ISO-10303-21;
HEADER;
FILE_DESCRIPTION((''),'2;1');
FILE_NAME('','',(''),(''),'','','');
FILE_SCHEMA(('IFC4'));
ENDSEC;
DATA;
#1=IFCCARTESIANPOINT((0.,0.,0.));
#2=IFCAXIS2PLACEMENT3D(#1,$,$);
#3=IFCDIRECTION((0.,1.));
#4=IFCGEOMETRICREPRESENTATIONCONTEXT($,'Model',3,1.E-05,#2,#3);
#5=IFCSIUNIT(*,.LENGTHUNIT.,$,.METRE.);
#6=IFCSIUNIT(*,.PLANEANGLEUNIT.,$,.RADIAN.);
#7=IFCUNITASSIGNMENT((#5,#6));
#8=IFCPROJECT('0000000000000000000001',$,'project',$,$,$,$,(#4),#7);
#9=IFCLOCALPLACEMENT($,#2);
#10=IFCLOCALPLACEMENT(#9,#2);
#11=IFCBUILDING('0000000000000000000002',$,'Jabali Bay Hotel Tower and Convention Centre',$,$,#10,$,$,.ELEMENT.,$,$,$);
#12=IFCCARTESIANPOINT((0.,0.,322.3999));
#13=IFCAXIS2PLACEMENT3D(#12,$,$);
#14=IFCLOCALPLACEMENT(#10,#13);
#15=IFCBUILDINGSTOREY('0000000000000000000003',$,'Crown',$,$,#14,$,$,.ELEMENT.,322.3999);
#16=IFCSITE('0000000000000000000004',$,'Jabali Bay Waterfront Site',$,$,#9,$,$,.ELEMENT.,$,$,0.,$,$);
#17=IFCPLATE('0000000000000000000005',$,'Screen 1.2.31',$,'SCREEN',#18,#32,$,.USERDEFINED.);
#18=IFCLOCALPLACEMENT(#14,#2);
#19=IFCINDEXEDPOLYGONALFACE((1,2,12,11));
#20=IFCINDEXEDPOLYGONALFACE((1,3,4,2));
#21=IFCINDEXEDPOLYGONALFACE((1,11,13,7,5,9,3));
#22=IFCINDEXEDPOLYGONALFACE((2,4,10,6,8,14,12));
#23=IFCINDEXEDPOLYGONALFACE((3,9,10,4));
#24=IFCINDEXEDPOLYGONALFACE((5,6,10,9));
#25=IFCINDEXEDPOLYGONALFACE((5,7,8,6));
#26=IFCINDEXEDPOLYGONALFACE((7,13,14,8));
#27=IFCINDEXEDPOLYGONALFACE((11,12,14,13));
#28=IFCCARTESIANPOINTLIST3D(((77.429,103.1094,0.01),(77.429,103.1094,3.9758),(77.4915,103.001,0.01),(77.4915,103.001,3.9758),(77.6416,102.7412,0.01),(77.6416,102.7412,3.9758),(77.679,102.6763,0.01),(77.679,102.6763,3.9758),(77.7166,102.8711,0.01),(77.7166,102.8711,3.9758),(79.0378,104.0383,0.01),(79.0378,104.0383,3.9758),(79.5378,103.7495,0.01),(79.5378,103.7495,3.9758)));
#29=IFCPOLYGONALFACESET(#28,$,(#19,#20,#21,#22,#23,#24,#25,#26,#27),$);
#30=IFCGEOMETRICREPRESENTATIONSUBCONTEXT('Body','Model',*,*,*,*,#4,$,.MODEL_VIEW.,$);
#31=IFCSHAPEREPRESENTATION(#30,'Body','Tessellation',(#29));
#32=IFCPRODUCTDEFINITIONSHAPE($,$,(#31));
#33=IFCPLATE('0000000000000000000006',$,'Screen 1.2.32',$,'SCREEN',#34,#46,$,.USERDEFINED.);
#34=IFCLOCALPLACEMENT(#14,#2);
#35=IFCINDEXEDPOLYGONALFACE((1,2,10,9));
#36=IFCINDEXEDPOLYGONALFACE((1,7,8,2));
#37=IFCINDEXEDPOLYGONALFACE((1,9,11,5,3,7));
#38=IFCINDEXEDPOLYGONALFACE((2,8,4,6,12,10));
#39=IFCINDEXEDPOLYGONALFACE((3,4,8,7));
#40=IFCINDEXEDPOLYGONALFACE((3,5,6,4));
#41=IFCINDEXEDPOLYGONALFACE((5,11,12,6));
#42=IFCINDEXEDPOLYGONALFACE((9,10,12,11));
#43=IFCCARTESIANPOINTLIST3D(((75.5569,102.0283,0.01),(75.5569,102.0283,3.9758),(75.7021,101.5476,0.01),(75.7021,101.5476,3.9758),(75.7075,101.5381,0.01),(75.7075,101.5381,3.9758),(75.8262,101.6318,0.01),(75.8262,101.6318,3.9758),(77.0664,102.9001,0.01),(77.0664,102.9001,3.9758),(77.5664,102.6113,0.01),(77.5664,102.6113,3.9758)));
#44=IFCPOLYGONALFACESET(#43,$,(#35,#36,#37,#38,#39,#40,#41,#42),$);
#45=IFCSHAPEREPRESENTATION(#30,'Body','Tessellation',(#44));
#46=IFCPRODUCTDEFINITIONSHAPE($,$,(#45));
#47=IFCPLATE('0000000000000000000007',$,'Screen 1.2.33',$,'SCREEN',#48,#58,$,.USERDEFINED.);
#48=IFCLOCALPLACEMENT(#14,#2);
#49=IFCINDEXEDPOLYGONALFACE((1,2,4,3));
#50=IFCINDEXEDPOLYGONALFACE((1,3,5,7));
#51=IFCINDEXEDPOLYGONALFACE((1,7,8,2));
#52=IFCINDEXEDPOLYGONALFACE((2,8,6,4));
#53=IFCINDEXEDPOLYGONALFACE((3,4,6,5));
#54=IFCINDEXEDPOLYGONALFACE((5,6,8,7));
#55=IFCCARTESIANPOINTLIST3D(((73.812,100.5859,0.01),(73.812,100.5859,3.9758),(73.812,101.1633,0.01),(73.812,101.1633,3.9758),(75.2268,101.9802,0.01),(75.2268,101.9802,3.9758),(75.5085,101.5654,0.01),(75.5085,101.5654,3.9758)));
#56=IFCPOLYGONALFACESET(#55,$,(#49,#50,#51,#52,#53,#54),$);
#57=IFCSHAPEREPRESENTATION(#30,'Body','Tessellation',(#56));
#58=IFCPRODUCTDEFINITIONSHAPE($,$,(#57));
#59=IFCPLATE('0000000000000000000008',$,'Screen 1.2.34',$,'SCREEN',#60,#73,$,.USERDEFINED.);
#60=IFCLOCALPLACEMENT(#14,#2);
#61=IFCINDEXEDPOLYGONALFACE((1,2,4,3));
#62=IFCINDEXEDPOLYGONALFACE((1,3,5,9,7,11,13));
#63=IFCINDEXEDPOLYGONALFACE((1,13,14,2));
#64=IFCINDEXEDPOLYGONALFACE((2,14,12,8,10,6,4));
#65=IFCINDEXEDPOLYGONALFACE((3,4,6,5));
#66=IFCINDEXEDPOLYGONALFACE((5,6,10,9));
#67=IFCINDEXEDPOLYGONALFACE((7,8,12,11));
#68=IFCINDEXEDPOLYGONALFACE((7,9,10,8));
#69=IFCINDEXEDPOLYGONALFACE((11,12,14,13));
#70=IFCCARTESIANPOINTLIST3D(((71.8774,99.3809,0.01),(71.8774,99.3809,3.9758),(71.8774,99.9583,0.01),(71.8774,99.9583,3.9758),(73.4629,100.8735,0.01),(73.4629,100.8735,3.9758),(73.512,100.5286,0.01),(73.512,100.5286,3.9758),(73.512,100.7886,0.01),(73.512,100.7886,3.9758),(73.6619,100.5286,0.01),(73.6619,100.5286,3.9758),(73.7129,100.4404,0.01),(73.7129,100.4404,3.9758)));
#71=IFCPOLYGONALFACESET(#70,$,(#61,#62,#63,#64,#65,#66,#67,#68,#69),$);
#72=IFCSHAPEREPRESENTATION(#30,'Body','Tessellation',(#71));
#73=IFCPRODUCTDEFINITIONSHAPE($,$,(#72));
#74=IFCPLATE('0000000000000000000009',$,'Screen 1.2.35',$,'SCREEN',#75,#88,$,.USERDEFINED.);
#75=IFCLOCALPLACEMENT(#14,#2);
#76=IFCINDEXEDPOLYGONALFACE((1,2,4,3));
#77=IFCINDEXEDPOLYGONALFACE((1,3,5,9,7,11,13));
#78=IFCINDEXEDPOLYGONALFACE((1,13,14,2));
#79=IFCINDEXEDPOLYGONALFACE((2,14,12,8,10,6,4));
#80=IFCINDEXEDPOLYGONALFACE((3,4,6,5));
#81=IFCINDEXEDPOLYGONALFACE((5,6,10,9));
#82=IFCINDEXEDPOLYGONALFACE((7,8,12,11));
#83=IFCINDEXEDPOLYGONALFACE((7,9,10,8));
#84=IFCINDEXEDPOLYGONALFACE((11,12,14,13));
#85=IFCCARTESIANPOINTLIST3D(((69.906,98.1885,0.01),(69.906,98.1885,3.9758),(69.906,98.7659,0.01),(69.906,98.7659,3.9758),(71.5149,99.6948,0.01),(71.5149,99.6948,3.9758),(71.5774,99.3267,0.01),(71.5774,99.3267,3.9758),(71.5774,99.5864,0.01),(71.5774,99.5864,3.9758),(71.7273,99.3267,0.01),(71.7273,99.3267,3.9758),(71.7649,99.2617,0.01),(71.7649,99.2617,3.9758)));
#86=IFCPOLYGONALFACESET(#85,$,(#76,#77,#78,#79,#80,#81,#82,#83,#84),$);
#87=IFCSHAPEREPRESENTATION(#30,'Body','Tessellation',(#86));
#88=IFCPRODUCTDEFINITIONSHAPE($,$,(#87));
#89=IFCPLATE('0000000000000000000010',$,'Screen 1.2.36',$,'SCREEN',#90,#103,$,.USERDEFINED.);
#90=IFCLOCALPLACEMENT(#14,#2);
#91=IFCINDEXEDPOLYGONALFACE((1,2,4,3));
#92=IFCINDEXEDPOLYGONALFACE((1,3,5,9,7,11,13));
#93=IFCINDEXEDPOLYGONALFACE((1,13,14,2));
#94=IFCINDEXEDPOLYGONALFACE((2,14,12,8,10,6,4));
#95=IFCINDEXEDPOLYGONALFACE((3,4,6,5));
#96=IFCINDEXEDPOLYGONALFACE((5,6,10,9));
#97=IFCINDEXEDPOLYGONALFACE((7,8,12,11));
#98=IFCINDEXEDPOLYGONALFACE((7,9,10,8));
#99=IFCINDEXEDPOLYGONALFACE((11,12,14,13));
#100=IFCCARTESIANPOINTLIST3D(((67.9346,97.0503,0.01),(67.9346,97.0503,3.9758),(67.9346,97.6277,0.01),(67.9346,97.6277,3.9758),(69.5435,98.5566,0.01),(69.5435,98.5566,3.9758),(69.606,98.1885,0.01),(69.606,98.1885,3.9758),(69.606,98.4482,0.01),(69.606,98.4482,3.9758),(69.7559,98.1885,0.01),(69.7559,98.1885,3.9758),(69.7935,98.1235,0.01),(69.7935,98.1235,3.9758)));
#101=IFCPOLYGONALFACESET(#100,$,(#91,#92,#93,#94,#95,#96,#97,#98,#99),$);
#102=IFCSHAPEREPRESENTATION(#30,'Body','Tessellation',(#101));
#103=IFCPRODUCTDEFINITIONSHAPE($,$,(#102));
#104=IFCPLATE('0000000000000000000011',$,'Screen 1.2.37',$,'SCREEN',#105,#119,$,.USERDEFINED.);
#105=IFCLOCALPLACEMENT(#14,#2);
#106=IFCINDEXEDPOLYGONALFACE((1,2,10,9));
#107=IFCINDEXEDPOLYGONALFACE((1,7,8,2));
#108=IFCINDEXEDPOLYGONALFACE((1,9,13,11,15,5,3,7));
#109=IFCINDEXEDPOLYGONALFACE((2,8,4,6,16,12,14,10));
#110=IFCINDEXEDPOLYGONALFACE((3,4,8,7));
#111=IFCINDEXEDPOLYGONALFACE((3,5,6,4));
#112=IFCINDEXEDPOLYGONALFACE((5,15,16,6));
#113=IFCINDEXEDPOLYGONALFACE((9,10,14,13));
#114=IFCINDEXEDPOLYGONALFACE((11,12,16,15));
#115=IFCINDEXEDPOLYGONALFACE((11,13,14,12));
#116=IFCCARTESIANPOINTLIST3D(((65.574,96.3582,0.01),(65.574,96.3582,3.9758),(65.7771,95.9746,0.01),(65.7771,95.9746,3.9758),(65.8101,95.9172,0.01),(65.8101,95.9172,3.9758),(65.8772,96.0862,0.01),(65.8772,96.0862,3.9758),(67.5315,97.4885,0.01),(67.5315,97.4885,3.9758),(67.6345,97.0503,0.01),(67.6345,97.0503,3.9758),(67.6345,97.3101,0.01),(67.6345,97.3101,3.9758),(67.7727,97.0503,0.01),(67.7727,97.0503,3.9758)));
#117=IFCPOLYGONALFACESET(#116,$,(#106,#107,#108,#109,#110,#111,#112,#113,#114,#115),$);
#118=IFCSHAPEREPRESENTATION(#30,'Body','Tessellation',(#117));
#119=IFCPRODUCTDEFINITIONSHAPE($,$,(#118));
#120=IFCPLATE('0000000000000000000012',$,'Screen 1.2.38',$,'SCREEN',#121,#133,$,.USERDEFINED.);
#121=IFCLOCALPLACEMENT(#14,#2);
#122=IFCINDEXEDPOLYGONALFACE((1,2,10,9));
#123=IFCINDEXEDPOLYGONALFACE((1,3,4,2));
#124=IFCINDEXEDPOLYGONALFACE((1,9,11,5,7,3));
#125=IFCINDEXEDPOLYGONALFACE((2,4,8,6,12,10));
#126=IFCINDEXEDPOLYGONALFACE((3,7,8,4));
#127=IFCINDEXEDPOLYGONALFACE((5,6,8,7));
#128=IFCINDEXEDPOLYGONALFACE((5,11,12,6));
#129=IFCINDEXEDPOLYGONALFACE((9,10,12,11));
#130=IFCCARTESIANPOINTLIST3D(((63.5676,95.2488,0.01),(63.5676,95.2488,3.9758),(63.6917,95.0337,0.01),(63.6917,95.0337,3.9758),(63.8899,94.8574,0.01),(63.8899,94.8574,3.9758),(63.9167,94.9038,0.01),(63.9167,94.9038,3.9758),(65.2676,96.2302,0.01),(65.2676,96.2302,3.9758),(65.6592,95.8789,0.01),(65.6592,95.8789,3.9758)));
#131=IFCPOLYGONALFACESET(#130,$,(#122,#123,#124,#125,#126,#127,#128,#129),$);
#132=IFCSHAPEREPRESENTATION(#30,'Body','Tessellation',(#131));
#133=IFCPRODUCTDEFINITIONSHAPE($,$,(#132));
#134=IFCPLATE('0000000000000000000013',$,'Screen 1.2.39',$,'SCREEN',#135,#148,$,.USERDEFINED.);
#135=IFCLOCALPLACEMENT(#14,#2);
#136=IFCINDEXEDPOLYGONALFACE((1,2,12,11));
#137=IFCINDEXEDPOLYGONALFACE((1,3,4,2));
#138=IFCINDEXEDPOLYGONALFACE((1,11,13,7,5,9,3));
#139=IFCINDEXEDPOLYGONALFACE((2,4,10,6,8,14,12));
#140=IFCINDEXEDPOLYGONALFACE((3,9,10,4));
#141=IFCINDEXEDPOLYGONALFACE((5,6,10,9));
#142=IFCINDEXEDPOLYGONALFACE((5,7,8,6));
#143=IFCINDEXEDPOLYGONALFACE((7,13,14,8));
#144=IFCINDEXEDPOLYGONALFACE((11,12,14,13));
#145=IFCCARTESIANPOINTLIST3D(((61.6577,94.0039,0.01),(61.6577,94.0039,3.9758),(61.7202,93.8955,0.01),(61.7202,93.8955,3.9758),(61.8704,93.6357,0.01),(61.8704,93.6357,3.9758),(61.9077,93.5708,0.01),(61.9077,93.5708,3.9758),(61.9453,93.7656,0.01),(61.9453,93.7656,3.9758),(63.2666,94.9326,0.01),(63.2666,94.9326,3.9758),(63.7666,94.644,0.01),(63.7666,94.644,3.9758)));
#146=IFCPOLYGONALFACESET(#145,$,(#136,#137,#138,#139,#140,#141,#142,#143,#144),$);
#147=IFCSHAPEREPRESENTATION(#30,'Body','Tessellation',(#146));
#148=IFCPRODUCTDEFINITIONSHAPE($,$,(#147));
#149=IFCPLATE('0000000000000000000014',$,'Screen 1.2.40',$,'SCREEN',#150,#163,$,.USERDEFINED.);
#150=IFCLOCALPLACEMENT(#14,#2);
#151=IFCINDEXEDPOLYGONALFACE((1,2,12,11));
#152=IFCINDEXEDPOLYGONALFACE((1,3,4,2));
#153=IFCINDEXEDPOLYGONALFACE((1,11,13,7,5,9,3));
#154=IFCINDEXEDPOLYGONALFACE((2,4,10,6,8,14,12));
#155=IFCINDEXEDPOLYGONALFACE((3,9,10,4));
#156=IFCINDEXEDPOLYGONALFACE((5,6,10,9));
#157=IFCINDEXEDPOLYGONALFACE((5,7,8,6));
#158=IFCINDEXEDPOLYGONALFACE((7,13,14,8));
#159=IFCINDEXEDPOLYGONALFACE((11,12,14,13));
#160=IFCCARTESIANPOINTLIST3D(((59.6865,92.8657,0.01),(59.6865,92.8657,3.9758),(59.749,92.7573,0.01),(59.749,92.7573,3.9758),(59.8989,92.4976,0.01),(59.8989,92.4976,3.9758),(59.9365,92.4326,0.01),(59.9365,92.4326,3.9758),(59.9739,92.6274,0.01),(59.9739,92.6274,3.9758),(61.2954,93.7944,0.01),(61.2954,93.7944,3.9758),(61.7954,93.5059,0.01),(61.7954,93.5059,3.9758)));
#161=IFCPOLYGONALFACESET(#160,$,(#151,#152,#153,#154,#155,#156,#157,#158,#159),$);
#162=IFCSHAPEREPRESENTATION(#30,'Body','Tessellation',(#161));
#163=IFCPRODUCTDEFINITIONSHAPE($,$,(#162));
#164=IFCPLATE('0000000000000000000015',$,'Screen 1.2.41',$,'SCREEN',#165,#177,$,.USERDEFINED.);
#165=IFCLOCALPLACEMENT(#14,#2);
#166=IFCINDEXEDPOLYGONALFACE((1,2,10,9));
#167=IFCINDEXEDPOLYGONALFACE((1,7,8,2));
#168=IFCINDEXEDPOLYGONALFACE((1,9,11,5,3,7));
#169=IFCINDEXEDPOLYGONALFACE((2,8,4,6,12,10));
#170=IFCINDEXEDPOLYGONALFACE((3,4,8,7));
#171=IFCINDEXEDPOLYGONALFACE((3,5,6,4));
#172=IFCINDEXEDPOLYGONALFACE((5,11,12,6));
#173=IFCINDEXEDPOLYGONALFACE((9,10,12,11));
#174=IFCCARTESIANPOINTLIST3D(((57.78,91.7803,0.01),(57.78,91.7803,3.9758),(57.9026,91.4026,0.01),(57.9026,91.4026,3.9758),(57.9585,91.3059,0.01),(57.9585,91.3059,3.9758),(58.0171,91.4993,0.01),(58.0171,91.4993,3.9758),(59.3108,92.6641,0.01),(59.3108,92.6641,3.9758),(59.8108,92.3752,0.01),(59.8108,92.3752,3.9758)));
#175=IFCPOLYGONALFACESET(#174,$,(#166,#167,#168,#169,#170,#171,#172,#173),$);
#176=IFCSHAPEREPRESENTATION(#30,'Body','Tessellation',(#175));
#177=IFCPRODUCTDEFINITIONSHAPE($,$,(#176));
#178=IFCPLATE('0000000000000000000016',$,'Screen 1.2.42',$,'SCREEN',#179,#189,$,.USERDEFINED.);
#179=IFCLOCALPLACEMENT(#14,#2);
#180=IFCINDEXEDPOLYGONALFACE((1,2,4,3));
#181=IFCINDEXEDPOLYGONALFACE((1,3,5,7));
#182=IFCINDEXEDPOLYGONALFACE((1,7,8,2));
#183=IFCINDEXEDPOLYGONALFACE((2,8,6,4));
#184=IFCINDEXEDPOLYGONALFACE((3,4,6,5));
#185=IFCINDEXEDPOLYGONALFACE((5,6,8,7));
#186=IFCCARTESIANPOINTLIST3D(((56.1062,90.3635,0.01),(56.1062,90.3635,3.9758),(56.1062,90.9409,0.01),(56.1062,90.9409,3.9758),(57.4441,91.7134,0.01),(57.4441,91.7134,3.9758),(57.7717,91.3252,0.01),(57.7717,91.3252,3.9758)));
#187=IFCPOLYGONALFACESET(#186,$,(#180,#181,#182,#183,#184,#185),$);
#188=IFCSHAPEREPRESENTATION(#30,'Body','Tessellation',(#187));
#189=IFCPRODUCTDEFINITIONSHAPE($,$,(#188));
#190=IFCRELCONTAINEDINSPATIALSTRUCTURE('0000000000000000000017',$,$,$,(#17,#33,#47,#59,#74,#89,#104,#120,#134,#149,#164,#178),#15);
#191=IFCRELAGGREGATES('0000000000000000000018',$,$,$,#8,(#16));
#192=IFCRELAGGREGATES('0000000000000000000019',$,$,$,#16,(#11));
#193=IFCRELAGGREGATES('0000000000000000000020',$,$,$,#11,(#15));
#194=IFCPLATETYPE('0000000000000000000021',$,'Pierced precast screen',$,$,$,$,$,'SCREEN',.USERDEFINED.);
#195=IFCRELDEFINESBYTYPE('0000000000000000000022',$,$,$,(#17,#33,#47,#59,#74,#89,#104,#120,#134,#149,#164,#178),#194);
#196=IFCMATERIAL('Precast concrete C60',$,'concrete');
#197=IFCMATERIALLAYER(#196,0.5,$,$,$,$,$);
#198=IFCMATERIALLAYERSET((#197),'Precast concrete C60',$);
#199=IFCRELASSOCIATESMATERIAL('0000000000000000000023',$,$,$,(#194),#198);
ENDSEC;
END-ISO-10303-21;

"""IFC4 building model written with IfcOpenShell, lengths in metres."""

from ifc_helpers import new_model, si_unit, direction, frame, origin, place, context, subcontext, project, spatial, polyline, outline, extrude, material, layer, layer_set, type_object, element, save


model = new_model("IFC4")

# Units and contexts
model_context = context("Model", 3, precision=1e-05, world=origin(), true_north=direction((0.0, 1.0)))
body_context = subcontext(model_context, "Body", "Model", "MODEL_VIEW")
ifc_project = project(units=[si_unit("LENGTHUNIT", "METRE"), si_unit("PLANEANGLEUNIT", "RADIAN")], contexts=[model_context])

# Site, building, storey
site_placement = place(None, origin())
site = spatial("IfcSite", under=ifc_project, at=site_placement, Name="Jabali Bay Waterfront Site", CompositionType="ELEMENT", RefElevation=0.0)
building_placement = place(site_placement, origin())
building = spatial("IfcBuilding", under=site, at=building_placement, Name="Jabali Bay Hotel Tower and Convention Centre", CompositionType="ELEMENT")
storey_placement = place(building_placement, frame((0.0, 0.0, 322.3999)))
storey = spatial("IfcBuildingStorey", under=building, at=storey_placement, Name="Crown", CompositionType="ELEMENT", Elevation=322.3999)

# Plates
ifc_material = material(Name="Precast concrete C60", Category="concrete")
ifc_layer = layer(ifc_material, 0.5)
ifc_layer_set = layer_set([ifc_layer], Name="Precast concrete C60")
plate_type = type_object("IfcPlateType", Name="Pierced precast screen", ElementType="SCREEN", PredefinedType="USERDEFINED", material=ifc_layer_set)
plate_1_placement = place(storey_placement, frame((0.0, 0.0, 0.01)))
element("IfcPlate", 1, at=plate_1_placement, inside=storey, type_object=plate_type, Name="Screen 1.2.31", ObjectType="SCREEN", PredefinedType="USERDEFINED", context=body_context, shape_type="SweptSolid", body=[
    extrude(outline(polyline([(77.679, 102.6763), (79.5378, 103.7495), (79.0378, 104.0383), (77.429, 103.1094), (77.4915, 103.001), (77.7166, 102.8711), (77.6416, 102.7412), (77.679, 102.6763)])), origin(), (0.0, 0.0, 1.0), 3.9658),
])
plate_2_placement = place(storey_placement, frame((0.0, 0.0, 0.01)))
element("IfcPlate", 2, at=plate_2_placement, inside=storey, type_object=plate_type, Name="Screen 1.2.32", ObjectType="SCREEN", PredefinedType="USERDEFINED", context=body_context, shape_type="SweptSolid", body=[
    extrude(outline(polyline([(75.7075, 101.5381), (77.5664, 102.6113), (77.0664, 102.9001), (75.5569, 102.0283), (75.8262, 101.6318), (75.7021, 101.5476), (75.7075, 101.5381)])), origin(), (0.0, 0.0, 1.0), 3.9658),
])
plate_3_placement = place(storey_placement, frame((0.0, 0.0, 0.01)))
element("IfcPlate", 3, at=plate_3_placement, inside=storey, type_object=plate_type, Name="Screen 1.2.33", ObjectType="SCREEN", PredefinedType="USERDEFINED", context=body_context, shape_type="SweptSolid", body=[
    extrude(outline(polyline([(73.812, 100.5859), (75.5085, 101.5654), (75.2268, 101.9802), (73.812, 101.1633), (73.812, 100.5859)])), origin(), (0.0, 0.0, 1.0), 3.9658),
])
plate_4_placement = place(storey_placement, frame((0.0, 0.0, 0.01)))
element("IfcPlate", 4, at=plate_4_placement, inside=storey, type_object=plate_type, Name="Screen 1.2.34", ObjectType="SCREEN", PredefinedType="USERDEFINED", context=body_context, shape_type="SweptSolid", body=[
    extrude(outline(polyline([(71.8774, 99.3809), (73.7129, 100.4404), (73.6619, 100.5286), (73.512, 100.5286), (73.512, 100.7886), (73.4629, 100.8735), (71.8774, 99.9583), (71.8774, 99.3809)])), origin(), (0.0, 0.0, 1.0), 3.9658),
])
plate_5_placement = place(storey_placement, frame((0.0, 0.0, 0.01)))
element("IfcPlate", 5, at=plate_5_placement, inside=storey, type_object=plate_type, Name="Screen 1.2.35", ObjectType="SCREEN", PredefinedType="USERDEFINED", context=body_context, shape_type="SweptSolid", body=[
    extrude(outline(polyline([(69.906, 98.1885), (71.7649, 99.2617), (71.7273, 99.3267), (71.5774, 99.3267), (71.5774, 99.5864), (71.5149, 99.6948), (69.906, 98.7659), (69.906, 98.1885)])), origin(), (0.0, 0.0, 1.0), 3.9658),
])
plate_6_placement = place(storey_placement, frame((0.0, 0.0, 0.01)))
element("IfcPlate", 6, at=plate_6_placement, inside=storey, type_object=plate_type, Name="Screen 1.2.36", ObjectType="SCREEN", PredefinedType="USERDEFINED", context=body_context, shape_type="SweptSolid", body=[
    extrude(outline(polyline([(67.9346, 97.0503), (69.7935, 98.1235), (69.7559, 98.1885), (69.606, 98.1885), (69.606, 98.4482), (69.5435, 98.5566), (67.9346, 97.6277), (67.9346, 97.0503)])), origin(), (0.0, 0.0, 1.0), 3.9658),
])
plate_7_placement = place(storey_placement, frame((0.0, 0.0, 0.01)))
element("IfcPlate", 7, at=plate_7_placement, inside=storey, type_object=plate_type, Name="Screen 1.2.37", ObjectType="SCREEN", PredefinedType="USERDEFINED", context=body_context, shape_type="SweptSolid", body=[
    extrude(outline(polyline([(65.8101, 95.9172), (67.7727, 97.0503), (67.6345, 97.0503), (67.6345, 97.3101), (67.5315, 97.4885), (65.574, 96.3582), (65.8772, 96.0862), (65.7771, 95.9746), (65.8101, 95.9172)])), origin(), (0.0, 0.0, 1.0), 3.9658),
])
plate_8_placement = place(storey_placement, frame((0.0, 0.0, 0.01)))
element("IfcPlate", 8, at=plate_8_placement, inside=storey, type_object=plate_type, Name="Screen 1.2.38", ObjectType="SCREEN", PredefinedType="USERDEFINED", context=body_context, shape_type="SweptSolid", body=[
    extrude(outline(polyline([(63.8899, 94.8574), (65.6592, 95.8789), (65.2676, 96.2302), (63.5676, 95.2488), (63.6917, 95.0337), (63.9167, 94.9038), (63.8899, 94.8574)])), origin(), (0.0, 0.0, 1.0), 3.9658),
])
plate_9_placement = place(storey_placement, frame((0.0, 0.0, 0.01)))
element("IfcPlate", 9, at=plate_9_placement, inside=storey, type_object=plate_type, Name="Screen 1.2.39", ObjectType="SCREEN", PredefinedType="USERDEFINED", context=body_context, shape_type="SweptSolid", body=[
    extrude(outline(polyline([(61.9077, 93.5708), (63.7666, 94.644), (63.2666, 94.9326), (61.6577, 94.0039), (61.7202, 93.8955), (61.9453, 93.7656), (61.8704, 93.6357), (61.9077, 93.5708)])), origin(), (0.0, 0.0, 1.0), 3.9658),
])
plate_10_placement = place(storey_placement, frame((0.0, 0.0, 0.01)))
element("IfcPlate", 10, at=plate_10_placement, inside=storey, type_object=plate_type, Name="Screen 1.2.40", ObjectType="SCREEN", PredefinedType="USERDEFINED", context=body_context, shape_type="SweptSolid", body=[
    extrude(outline(polyline([(59.9365, 92.4326), (61.7954, 93.5059), (61.2954, 93.7944), (59.6865, 92.8657), (59.749, 92.7573), (59.9739, 92.6274), (59.8989, 92.4976), (59.9365, 92.4326)])), origin(), (0.0, 0.0, 1.0), 3.9658),
])
plate_11_placement = place(storey_placement, frame((0.0, 0.0, 0.01)))
element("IfcPlate", 11, at=plate_11_placement, inside=storey, type_object=plate_type, Name="Screen 1.2.41", ObjectType="SCREEN", PredefinedType="USERDEFINED", context=body_context, shape_type="SweptSolid", body=[
    extrude(outline(polyline([(57.9585, 91.3059), (59.8108, 92.3752), (59.3108, 92.6641), (57.78, 91.7803), (58.0171, 91.4993), (57.9026, 91.4026), (57.9585, 91.3059)])), origin(), (0.0, 0.0, 1.0), 3.9658),
])
plate_12_placement = place(storey_placement, frame((0.0, 0.0, 0.01)))
element("IfcPlate", 12, at=plate_12_placement, inside=storey, type_object=plate_type, Name="Screen 1.2.42", ObjectType="SCREEN", PredefinedType="USERDEFINED", context=body_context, shape_type="SweptSolid", body=[
    extrude(outline(polyline([(56.1062, 90.3635), (57.7717, 91.3252), (57.4441, 91.7134), (56.1062, 90.9409), (56.1062, 90.3635)])), origin(), (0.0, 0.0, 1.0), 3.9658),
])

save(model, "model.ifc")
